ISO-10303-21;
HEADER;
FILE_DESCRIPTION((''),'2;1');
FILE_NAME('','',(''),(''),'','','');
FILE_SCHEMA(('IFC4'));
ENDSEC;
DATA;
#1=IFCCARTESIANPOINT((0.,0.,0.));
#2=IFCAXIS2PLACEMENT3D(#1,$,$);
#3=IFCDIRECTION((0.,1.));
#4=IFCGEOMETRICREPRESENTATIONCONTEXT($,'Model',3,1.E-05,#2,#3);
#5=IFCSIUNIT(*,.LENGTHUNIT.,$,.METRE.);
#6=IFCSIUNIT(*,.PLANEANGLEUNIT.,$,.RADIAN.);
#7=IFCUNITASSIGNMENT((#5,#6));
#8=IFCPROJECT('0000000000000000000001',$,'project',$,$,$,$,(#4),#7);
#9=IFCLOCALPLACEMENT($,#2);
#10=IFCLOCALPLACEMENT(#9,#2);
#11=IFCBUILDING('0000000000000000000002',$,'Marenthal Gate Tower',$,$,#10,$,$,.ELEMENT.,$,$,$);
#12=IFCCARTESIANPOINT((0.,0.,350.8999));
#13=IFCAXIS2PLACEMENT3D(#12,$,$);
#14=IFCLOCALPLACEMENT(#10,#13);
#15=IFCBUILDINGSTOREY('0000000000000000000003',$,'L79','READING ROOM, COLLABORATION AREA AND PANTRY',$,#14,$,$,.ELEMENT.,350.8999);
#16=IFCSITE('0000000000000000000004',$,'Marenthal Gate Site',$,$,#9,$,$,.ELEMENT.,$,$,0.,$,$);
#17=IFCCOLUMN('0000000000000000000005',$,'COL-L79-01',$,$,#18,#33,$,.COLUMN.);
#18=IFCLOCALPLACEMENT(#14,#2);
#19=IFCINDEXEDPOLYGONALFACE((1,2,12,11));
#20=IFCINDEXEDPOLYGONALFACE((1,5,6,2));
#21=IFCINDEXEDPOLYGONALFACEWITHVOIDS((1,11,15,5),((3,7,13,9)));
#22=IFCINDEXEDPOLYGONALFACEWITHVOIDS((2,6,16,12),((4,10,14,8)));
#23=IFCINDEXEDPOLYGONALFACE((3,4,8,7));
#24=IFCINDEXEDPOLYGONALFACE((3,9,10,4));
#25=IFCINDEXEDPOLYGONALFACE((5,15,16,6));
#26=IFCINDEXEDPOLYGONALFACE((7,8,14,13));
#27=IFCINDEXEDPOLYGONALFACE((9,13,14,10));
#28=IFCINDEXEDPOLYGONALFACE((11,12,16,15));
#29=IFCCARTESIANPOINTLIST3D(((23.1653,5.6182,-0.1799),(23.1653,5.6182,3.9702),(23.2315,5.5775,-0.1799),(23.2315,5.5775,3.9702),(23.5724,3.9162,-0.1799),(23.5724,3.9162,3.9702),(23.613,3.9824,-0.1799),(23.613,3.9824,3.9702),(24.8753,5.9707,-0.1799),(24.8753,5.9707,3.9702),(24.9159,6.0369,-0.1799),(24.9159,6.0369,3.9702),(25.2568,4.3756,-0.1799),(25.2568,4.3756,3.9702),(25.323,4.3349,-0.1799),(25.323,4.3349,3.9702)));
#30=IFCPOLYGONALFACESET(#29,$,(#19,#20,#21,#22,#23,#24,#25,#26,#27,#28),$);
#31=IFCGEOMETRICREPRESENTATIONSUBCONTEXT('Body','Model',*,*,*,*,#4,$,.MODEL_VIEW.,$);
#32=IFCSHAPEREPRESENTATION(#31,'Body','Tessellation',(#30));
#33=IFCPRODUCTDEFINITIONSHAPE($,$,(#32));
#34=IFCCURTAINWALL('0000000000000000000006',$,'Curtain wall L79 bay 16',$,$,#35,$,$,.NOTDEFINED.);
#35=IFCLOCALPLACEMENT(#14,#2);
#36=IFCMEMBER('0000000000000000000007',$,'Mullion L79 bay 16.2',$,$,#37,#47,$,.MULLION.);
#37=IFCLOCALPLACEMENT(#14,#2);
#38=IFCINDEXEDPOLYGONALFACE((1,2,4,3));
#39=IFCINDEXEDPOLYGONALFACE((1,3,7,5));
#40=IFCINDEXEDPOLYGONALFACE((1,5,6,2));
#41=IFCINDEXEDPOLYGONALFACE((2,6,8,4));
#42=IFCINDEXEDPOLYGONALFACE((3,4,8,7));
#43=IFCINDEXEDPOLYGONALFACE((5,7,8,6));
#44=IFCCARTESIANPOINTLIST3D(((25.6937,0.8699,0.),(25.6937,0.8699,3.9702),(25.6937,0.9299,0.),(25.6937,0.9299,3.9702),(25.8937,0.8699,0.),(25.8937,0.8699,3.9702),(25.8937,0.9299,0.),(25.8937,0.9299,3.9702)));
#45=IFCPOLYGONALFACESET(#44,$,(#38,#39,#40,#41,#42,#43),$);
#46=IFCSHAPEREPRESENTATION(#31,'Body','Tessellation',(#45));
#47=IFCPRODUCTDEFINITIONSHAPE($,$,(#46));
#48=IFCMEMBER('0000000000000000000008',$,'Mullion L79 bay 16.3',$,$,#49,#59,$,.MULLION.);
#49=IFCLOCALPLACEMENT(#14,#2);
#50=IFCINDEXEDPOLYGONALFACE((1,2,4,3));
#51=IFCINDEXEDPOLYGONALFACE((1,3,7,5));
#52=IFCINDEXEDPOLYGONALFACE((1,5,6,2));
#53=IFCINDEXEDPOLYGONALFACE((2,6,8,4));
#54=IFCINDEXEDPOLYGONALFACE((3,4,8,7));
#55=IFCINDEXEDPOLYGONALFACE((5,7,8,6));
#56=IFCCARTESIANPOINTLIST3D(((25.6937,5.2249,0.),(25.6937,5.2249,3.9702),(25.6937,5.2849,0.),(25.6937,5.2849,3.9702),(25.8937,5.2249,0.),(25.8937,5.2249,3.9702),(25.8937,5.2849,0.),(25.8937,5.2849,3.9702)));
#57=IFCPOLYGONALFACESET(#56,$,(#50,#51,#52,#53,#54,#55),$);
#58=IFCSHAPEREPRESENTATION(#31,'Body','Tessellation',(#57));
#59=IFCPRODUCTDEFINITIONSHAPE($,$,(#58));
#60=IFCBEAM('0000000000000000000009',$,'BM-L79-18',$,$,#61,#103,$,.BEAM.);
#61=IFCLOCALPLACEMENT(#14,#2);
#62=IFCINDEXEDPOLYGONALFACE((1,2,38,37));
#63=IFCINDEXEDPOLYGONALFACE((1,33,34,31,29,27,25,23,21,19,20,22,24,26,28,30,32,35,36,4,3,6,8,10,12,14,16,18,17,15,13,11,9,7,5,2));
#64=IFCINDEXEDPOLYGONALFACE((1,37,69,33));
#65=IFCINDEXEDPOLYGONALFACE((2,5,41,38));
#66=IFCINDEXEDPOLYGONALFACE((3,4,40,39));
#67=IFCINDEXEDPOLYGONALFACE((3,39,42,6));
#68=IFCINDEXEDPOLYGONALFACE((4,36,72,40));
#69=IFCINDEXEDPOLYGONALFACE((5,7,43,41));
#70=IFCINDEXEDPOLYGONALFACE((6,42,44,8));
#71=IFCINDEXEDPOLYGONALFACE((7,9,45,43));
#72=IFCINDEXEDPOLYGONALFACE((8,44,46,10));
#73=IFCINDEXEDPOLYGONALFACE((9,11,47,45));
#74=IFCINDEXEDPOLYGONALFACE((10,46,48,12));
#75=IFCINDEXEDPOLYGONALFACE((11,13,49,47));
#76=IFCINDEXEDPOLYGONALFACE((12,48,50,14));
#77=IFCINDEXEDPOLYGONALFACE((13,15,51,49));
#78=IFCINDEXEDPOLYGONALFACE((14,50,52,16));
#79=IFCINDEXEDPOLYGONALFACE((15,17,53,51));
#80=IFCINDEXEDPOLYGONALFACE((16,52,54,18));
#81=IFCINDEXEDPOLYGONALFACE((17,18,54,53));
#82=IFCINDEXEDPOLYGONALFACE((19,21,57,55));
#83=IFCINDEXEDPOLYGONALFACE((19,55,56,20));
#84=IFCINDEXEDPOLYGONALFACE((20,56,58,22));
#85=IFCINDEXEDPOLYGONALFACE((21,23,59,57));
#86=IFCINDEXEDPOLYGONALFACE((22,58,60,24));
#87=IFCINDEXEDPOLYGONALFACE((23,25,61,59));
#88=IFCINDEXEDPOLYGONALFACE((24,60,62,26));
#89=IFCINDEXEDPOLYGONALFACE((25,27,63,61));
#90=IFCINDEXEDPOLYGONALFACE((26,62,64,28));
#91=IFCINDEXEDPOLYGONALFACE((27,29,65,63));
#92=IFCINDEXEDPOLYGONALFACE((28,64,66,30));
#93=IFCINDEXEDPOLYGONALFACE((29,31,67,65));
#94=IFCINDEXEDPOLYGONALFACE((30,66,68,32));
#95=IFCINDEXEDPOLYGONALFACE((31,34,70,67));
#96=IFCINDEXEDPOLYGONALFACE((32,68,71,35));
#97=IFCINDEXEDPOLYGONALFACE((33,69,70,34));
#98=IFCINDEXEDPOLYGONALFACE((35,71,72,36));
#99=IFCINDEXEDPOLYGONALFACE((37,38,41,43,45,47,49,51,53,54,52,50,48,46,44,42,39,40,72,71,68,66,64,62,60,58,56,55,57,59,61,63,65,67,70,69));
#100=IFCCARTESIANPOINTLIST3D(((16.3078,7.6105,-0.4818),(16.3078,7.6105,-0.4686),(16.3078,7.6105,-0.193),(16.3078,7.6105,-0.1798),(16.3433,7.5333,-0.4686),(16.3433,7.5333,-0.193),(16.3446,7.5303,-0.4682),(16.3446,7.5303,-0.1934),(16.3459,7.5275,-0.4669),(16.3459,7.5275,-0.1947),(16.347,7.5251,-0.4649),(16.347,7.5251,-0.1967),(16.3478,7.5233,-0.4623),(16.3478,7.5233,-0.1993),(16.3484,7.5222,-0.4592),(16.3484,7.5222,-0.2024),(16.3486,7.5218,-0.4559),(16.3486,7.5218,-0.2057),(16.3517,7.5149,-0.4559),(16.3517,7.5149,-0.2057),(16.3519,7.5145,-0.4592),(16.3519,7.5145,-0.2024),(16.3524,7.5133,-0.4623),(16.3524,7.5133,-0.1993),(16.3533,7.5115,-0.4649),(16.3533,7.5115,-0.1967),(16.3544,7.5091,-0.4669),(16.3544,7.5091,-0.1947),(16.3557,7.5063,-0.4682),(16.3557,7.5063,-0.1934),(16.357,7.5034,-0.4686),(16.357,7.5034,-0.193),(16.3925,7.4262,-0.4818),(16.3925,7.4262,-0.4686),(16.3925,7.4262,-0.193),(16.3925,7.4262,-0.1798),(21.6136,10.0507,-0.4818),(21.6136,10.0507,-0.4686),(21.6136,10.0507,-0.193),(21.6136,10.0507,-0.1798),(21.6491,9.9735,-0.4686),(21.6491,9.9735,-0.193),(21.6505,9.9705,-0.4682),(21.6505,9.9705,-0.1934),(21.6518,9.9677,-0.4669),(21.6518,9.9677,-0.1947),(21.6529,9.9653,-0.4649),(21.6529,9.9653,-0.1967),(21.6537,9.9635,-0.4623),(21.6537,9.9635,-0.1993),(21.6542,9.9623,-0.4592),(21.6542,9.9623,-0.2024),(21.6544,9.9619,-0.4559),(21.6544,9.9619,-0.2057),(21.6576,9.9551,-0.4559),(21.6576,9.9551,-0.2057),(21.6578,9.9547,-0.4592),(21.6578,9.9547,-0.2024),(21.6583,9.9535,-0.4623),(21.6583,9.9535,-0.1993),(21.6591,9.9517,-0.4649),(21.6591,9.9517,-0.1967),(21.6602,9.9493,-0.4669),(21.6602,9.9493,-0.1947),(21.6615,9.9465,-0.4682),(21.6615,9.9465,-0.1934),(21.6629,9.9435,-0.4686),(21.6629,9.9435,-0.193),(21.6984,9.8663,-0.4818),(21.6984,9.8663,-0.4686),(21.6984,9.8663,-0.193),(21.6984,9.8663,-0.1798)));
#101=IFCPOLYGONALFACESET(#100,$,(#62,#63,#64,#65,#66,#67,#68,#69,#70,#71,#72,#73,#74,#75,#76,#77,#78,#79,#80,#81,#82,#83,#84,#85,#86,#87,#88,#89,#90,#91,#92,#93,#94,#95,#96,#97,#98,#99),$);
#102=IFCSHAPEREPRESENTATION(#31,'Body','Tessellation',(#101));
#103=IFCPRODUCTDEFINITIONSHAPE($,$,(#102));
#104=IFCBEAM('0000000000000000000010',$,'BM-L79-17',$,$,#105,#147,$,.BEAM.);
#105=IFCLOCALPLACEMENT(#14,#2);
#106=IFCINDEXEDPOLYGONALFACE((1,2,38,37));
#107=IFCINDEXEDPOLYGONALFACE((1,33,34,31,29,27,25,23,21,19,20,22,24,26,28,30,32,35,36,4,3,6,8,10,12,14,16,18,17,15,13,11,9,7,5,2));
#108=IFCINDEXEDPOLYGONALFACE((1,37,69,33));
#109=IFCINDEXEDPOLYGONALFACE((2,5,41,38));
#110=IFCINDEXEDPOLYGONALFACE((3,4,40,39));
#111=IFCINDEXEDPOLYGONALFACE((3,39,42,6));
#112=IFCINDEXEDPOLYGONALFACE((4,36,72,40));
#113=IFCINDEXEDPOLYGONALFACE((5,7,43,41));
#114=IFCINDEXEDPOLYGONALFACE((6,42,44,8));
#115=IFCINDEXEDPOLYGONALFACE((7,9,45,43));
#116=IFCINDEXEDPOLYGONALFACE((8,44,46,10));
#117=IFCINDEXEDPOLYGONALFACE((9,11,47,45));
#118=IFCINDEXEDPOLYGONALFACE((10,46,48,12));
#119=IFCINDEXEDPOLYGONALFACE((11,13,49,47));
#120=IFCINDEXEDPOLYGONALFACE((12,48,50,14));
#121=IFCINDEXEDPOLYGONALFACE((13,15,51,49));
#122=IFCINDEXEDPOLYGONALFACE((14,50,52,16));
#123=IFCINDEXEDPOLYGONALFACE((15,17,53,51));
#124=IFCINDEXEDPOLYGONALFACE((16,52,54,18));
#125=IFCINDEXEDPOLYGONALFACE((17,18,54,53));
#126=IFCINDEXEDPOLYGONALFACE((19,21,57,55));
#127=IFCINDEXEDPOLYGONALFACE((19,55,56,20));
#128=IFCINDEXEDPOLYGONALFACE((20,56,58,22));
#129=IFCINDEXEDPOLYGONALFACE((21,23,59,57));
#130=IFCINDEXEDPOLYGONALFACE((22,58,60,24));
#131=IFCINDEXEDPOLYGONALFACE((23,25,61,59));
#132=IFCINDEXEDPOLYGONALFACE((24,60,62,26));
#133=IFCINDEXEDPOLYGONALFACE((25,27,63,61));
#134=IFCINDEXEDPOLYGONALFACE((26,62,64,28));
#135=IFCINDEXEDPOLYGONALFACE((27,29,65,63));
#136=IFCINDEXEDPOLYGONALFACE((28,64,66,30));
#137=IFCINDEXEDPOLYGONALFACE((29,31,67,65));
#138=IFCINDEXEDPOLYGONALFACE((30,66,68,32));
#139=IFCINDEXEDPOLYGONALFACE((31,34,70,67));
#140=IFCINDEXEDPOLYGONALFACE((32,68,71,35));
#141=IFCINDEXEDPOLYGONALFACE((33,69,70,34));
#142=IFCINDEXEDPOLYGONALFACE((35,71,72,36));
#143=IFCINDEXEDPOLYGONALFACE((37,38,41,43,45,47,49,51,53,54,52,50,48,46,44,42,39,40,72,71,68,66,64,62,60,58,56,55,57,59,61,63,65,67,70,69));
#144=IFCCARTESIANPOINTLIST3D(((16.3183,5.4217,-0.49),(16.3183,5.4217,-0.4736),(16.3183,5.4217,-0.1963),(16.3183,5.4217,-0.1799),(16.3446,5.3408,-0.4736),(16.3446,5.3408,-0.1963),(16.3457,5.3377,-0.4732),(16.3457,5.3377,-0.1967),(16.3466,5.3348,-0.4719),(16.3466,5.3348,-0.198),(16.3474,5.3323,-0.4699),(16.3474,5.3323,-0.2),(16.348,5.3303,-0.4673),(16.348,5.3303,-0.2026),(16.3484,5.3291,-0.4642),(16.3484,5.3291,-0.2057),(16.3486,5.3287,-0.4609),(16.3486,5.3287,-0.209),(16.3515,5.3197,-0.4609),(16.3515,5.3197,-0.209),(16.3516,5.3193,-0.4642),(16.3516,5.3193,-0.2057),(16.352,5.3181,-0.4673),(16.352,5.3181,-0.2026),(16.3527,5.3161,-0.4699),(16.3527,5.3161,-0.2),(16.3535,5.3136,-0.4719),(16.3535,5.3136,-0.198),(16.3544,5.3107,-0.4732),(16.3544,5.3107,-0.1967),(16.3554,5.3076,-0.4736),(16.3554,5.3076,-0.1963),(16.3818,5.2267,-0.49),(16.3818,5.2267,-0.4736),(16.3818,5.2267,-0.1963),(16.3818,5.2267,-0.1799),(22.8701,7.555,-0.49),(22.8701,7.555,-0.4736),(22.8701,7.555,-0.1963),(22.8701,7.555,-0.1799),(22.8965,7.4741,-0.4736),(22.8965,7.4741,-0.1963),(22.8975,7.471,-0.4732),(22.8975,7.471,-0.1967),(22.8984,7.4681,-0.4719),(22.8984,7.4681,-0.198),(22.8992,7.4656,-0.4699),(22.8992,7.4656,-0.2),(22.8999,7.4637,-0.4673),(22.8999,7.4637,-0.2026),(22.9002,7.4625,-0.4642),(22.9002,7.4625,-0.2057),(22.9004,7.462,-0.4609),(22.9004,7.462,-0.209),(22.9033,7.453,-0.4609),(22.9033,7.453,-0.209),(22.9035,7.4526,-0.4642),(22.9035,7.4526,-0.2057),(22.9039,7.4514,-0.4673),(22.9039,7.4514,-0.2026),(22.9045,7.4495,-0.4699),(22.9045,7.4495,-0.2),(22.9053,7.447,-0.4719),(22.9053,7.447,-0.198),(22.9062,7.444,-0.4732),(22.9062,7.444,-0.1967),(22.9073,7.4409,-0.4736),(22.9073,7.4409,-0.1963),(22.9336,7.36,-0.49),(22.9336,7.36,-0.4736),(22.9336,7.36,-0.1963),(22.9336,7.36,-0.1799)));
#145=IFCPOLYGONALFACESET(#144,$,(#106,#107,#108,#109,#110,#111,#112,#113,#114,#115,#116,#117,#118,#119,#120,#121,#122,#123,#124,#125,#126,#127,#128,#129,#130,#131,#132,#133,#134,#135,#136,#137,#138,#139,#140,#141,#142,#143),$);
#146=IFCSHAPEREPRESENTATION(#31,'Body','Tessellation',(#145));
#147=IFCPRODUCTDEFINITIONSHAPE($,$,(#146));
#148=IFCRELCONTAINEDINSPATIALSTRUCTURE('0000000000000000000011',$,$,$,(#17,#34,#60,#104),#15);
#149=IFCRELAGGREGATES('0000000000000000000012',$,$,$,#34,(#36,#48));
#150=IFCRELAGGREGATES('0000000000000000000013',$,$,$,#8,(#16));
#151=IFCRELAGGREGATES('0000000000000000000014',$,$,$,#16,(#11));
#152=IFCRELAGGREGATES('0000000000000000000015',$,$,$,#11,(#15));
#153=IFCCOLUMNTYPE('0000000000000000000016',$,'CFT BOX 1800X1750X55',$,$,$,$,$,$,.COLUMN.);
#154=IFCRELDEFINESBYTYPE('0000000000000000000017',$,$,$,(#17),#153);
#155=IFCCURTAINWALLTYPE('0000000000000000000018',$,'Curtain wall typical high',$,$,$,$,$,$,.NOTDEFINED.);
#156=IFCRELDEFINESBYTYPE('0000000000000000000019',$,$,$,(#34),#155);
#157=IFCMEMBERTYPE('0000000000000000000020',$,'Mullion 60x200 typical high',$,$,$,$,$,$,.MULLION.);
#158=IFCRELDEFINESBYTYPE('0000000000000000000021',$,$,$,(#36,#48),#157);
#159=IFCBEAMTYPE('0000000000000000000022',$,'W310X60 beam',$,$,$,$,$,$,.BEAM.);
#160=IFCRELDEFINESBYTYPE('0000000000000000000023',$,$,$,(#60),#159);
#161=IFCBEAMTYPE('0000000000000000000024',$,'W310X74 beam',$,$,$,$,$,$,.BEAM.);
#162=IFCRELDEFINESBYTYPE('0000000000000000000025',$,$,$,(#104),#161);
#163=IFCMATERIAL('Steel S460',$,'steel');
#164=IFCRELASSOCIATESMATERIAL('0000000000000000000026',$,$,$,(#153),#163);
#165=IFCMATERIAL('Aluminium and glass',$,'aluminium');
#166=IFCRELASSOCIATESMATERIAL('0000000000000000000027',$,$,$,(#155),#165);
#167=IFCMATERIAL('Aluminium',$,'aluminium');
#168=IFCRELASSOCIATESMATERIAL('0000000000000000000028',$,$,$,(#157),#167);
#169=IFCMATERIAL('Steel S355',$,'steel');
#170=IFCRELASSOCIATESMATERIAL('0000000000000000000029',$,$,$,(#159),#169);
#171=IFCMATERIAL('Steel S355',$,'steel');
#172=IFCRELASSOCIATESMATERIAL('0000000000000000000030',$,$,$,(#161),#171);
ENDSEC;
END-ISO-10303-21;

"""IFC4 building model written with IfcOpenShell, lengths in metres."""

from ifc_helpers import new_model, si_unit, direction, frame, origin, origin_2d, place, context, subcontext, project, spatial, rectangle, hollow_rectangle, i_section, extrude, material, material_profile, profile_set, type_object, element, aggregate, save


model = new_model("IFC4")

# Units and contexts
model_context = context("Model", 3, precision=1e-05, world=origin(), true_north=direction((0.0, 1.0)))
body_context = subcontext(model_context, "Body", "Model", "MODEL_VIEW")
ifc_project = project(units=[si_unit("LENGTHUNIT", "METRE"), si_unit("PLANEANGLEUNIT", "RADIAN")], contexts=[model_context])

# Site, building, storey
site_placement = place(None, origin())
site = spatial("IfcSite", under=ifc_project, at=site_placement, Name="Marenthal Gate Site", CompositionType="ELEMENT", RefElevation=0.0)
building_placement = place(site_placement, origin())
building = spatial("IfcBuilding", under=site, at=building_placement, Name="Marenthal Gate Tower", CompositionType="ELEMENT")
storey_placement = place(building_placement, frame((0.0, 0.0, 350.8999)))
storey = spatial("IfcBuildingStorey", under=building, at=storey_placement, Name="L79", Description="READING ROOM, COLLABORATION AREA AND PANTRY", CompositionType="ELEMENT", Elevation=350.8999)

# Column
ifc_material_1 = material(Name="Steel S460", Category="steel")
ifc_material_profile_1 = material_profile(ifc_material_1, hollow_rectangle(XDim=1.75, YDim=1.8, WallThickness=0.0549, at=origin_2d()), Name="CFT BOX 1800X1750X55")
ifc_material_2 = material(Name="Concrete 70 MPa", Category="concrete")
ifc_material_profile_2 = material_profile(ifc_material_2, rectangle(XDim=1.6399, YDim=1.6899, at=origin_2d()), Name="CFT BOX 1800X1750X55 INFILL")
ifc_profile_set_1 = profile_set([ifc_material_profile_1, ifc_material_profile_2], Name="Steel S460 shell, Concrete 70 MPa infill")
column_type = type_object("IfcColumnType", Name="CFT BOX 1800X1750X55", PredefinedType="COLUMN", material=ifc_profile_set_1)
column_placement = place(storey_placement, frame((24.2441, 4.9766, -0.1799), z_axis=(0.0, 0.0, 1.0), x_axis=(0.232626, -0.972566, 0.0)))
element("IfcColumn", 1, at=column_placement, inside=storey, type_object=column_type, Name="COL-L79-01", PredefinedType="COLUMN", context=body_context, shape_type="SweptSolid", body=[
    extrude(hollow_rectangle(XDim=1.75, YDim=1.8, WallThickness=0.0549, at=origin_2d()), origin(), (0.0, 0.0, 1.0), 4.1501),
])

# Curtain wall, members
ifc_material_3 = material(Name="Aluminium and glass", Category="aluminium")
curtain_wall_type = type_object("IfcCurtainWallType", Name="Curtain wall typical high", PredefinedType="NOTDEFINED", material=ifc_material_3)
curtain_wall_placement = place(storey_placement, origin())
curtain_wall = element("IfcCurtainWall", 2, at=curtain_wall_placement, inside=storey, type_object=curtain_wall_type, Name="Curtain wall L79 bay 16", PredefinedType="NOTDEFINED")
ifc_material_4 = material(Name="Aluminium", Category="aluminium")
ifc_material_profile_3 = material_profile(ifc_material_4, rectangle(XDim=0.2, YDim=0.0601, at=origin_2d()), Name="60x200 aluminium mullion")
ifc_profile_set_2 = profile_set([ifc_material_profile_3], Name="Aluminium")
member_type = type_object("IfcMemberType", Name="Mullion 60x200 typical high", PredefinedType="MULLION", material=ifc_profile_set_2)
member_1_placement = place(storey_placement, frame((25.7937, 0.8999, 0.0), z_axis=(0.0, 0.0, 1.0), x_axis=(-1.0, 0.0, 0.0)))
member_1 = element("IfcMember", 3, at=member_1_placement, type_object=member_type, Name="Mullion L79 bay 16.2", PredefinedType="MULLION", context=body_context, shape_type="SweptSolid", body=[
    extrude(rectangle(XDim=0.2, YDim=0.0601, at=origin_2d()), origin(), (0.0, 0.0, 1.0), 3.9702),
])
member_2_placement = place(storey_placement, frame((25.7937, 5.2549, 0.0), z_axis=(0.0, 0.0, 1.0), x_axis=(-1.0, 0.0, 0.0)))
member_2 = element("IfcMember", 4, at=member_2_placement, type_object=member_type, Name="Mullion L79 bay 16.3", PredefinedType="MULLION", context=body_context, shape_type="SweptSolid", body=[
    extrude(rectangle(XDim=0.2, YDim=0.0601, at=origin_2d()), origin(), (0.0, 0.0, 1.0), 3.9702),
])

# Beams
ifc_material_5 = material(Name="Steel S355", Category="steel")
ifc_material_profile_4 = material_profile(ifc_material_5, i_section(OverallWidth=0.2029, OverallDepth=0.302, WebThickness=0.0076, FlangeThickness=0.0132, FilletRadius=0.0127, at=origin_2d()), Name="W310X60")
ifc_profile_set_3 = profile_set([ifc_material_profile_4], Name="Steel S355")
beam_type_1 = type_object("IfcBeamType", Name="W310X60 beam", PredefinedType="BEAM", material=ifc_profile_set_3)
beam_1_placement = place(storey_placement, frame((21.656, 9.9585, -0.3308), z_axis=(-0.908525, -0.41783, 0.0), x_axis=(0.41783, -0.908525, 0.0)))
element("IfcBeam", 5, at=beam_1_placement, inside=storey, type_object=beam_type_1, Name="BM-L79-18", PredefinedType="BEAM", context=body_context, shape_type="SweptSolid", body=[
    extrude(i_section(OverallWidth=0.2029, OverallDepth=0.302, WebThickness=0.0076, FlangeThickness=0.0132, FilletRadius=0.0127, at=origin_2d()), origin(), (0.0, 0.0, 1.0), 5.8401),
])
ifc_material_6 = material(Name="Steel S355", Category="steel")
ifc_material_profile_5 = material_profile(ifc_material_6, i_section(OverallWidth=0.2051, OverallDepth=0.3101, WebThickness=0.0095, FlangeThickness=0.0164, FilletRadius=0.0127, at=origin_2d()), Name="W310X74")
ifc_profile_set_4 = profile_set([ifc_material_profile_5], Name="Steel S355")
beam_type_2 = type_object("IfcBeamType", Name="W310X74 beam", PredefinedType="BEAM", material=ifc_profile_set_4)
beam_2_placement = place(storey_placement, frame((22.9019, 7.4575, -0.335), z_axis=(-0.950864, -0.309608, 0.0), x_axis=(0.309608, -0.950864, 0.0)))
element("IfcBeam", 6, at=beam_2_placement, inside=storey, type_object=beam_type_2, Name="BM-L79-17", PredefinedType="BEAM", context=body_context, shape_type="SweptSolid", body=[
    extrude(i_section(OverallWidth=0.2051, OverallDepth=0.3101, WebThickness=0.0095, FlangeThickness=0.0164, FilletRadius=0.0127, at=origin_2d()), origin(), (0.0, 0.0, 1.0), 6.8904),
])

aggregate(curtain_wall, [member_1, member_2])

save(model, "model.ifc")
